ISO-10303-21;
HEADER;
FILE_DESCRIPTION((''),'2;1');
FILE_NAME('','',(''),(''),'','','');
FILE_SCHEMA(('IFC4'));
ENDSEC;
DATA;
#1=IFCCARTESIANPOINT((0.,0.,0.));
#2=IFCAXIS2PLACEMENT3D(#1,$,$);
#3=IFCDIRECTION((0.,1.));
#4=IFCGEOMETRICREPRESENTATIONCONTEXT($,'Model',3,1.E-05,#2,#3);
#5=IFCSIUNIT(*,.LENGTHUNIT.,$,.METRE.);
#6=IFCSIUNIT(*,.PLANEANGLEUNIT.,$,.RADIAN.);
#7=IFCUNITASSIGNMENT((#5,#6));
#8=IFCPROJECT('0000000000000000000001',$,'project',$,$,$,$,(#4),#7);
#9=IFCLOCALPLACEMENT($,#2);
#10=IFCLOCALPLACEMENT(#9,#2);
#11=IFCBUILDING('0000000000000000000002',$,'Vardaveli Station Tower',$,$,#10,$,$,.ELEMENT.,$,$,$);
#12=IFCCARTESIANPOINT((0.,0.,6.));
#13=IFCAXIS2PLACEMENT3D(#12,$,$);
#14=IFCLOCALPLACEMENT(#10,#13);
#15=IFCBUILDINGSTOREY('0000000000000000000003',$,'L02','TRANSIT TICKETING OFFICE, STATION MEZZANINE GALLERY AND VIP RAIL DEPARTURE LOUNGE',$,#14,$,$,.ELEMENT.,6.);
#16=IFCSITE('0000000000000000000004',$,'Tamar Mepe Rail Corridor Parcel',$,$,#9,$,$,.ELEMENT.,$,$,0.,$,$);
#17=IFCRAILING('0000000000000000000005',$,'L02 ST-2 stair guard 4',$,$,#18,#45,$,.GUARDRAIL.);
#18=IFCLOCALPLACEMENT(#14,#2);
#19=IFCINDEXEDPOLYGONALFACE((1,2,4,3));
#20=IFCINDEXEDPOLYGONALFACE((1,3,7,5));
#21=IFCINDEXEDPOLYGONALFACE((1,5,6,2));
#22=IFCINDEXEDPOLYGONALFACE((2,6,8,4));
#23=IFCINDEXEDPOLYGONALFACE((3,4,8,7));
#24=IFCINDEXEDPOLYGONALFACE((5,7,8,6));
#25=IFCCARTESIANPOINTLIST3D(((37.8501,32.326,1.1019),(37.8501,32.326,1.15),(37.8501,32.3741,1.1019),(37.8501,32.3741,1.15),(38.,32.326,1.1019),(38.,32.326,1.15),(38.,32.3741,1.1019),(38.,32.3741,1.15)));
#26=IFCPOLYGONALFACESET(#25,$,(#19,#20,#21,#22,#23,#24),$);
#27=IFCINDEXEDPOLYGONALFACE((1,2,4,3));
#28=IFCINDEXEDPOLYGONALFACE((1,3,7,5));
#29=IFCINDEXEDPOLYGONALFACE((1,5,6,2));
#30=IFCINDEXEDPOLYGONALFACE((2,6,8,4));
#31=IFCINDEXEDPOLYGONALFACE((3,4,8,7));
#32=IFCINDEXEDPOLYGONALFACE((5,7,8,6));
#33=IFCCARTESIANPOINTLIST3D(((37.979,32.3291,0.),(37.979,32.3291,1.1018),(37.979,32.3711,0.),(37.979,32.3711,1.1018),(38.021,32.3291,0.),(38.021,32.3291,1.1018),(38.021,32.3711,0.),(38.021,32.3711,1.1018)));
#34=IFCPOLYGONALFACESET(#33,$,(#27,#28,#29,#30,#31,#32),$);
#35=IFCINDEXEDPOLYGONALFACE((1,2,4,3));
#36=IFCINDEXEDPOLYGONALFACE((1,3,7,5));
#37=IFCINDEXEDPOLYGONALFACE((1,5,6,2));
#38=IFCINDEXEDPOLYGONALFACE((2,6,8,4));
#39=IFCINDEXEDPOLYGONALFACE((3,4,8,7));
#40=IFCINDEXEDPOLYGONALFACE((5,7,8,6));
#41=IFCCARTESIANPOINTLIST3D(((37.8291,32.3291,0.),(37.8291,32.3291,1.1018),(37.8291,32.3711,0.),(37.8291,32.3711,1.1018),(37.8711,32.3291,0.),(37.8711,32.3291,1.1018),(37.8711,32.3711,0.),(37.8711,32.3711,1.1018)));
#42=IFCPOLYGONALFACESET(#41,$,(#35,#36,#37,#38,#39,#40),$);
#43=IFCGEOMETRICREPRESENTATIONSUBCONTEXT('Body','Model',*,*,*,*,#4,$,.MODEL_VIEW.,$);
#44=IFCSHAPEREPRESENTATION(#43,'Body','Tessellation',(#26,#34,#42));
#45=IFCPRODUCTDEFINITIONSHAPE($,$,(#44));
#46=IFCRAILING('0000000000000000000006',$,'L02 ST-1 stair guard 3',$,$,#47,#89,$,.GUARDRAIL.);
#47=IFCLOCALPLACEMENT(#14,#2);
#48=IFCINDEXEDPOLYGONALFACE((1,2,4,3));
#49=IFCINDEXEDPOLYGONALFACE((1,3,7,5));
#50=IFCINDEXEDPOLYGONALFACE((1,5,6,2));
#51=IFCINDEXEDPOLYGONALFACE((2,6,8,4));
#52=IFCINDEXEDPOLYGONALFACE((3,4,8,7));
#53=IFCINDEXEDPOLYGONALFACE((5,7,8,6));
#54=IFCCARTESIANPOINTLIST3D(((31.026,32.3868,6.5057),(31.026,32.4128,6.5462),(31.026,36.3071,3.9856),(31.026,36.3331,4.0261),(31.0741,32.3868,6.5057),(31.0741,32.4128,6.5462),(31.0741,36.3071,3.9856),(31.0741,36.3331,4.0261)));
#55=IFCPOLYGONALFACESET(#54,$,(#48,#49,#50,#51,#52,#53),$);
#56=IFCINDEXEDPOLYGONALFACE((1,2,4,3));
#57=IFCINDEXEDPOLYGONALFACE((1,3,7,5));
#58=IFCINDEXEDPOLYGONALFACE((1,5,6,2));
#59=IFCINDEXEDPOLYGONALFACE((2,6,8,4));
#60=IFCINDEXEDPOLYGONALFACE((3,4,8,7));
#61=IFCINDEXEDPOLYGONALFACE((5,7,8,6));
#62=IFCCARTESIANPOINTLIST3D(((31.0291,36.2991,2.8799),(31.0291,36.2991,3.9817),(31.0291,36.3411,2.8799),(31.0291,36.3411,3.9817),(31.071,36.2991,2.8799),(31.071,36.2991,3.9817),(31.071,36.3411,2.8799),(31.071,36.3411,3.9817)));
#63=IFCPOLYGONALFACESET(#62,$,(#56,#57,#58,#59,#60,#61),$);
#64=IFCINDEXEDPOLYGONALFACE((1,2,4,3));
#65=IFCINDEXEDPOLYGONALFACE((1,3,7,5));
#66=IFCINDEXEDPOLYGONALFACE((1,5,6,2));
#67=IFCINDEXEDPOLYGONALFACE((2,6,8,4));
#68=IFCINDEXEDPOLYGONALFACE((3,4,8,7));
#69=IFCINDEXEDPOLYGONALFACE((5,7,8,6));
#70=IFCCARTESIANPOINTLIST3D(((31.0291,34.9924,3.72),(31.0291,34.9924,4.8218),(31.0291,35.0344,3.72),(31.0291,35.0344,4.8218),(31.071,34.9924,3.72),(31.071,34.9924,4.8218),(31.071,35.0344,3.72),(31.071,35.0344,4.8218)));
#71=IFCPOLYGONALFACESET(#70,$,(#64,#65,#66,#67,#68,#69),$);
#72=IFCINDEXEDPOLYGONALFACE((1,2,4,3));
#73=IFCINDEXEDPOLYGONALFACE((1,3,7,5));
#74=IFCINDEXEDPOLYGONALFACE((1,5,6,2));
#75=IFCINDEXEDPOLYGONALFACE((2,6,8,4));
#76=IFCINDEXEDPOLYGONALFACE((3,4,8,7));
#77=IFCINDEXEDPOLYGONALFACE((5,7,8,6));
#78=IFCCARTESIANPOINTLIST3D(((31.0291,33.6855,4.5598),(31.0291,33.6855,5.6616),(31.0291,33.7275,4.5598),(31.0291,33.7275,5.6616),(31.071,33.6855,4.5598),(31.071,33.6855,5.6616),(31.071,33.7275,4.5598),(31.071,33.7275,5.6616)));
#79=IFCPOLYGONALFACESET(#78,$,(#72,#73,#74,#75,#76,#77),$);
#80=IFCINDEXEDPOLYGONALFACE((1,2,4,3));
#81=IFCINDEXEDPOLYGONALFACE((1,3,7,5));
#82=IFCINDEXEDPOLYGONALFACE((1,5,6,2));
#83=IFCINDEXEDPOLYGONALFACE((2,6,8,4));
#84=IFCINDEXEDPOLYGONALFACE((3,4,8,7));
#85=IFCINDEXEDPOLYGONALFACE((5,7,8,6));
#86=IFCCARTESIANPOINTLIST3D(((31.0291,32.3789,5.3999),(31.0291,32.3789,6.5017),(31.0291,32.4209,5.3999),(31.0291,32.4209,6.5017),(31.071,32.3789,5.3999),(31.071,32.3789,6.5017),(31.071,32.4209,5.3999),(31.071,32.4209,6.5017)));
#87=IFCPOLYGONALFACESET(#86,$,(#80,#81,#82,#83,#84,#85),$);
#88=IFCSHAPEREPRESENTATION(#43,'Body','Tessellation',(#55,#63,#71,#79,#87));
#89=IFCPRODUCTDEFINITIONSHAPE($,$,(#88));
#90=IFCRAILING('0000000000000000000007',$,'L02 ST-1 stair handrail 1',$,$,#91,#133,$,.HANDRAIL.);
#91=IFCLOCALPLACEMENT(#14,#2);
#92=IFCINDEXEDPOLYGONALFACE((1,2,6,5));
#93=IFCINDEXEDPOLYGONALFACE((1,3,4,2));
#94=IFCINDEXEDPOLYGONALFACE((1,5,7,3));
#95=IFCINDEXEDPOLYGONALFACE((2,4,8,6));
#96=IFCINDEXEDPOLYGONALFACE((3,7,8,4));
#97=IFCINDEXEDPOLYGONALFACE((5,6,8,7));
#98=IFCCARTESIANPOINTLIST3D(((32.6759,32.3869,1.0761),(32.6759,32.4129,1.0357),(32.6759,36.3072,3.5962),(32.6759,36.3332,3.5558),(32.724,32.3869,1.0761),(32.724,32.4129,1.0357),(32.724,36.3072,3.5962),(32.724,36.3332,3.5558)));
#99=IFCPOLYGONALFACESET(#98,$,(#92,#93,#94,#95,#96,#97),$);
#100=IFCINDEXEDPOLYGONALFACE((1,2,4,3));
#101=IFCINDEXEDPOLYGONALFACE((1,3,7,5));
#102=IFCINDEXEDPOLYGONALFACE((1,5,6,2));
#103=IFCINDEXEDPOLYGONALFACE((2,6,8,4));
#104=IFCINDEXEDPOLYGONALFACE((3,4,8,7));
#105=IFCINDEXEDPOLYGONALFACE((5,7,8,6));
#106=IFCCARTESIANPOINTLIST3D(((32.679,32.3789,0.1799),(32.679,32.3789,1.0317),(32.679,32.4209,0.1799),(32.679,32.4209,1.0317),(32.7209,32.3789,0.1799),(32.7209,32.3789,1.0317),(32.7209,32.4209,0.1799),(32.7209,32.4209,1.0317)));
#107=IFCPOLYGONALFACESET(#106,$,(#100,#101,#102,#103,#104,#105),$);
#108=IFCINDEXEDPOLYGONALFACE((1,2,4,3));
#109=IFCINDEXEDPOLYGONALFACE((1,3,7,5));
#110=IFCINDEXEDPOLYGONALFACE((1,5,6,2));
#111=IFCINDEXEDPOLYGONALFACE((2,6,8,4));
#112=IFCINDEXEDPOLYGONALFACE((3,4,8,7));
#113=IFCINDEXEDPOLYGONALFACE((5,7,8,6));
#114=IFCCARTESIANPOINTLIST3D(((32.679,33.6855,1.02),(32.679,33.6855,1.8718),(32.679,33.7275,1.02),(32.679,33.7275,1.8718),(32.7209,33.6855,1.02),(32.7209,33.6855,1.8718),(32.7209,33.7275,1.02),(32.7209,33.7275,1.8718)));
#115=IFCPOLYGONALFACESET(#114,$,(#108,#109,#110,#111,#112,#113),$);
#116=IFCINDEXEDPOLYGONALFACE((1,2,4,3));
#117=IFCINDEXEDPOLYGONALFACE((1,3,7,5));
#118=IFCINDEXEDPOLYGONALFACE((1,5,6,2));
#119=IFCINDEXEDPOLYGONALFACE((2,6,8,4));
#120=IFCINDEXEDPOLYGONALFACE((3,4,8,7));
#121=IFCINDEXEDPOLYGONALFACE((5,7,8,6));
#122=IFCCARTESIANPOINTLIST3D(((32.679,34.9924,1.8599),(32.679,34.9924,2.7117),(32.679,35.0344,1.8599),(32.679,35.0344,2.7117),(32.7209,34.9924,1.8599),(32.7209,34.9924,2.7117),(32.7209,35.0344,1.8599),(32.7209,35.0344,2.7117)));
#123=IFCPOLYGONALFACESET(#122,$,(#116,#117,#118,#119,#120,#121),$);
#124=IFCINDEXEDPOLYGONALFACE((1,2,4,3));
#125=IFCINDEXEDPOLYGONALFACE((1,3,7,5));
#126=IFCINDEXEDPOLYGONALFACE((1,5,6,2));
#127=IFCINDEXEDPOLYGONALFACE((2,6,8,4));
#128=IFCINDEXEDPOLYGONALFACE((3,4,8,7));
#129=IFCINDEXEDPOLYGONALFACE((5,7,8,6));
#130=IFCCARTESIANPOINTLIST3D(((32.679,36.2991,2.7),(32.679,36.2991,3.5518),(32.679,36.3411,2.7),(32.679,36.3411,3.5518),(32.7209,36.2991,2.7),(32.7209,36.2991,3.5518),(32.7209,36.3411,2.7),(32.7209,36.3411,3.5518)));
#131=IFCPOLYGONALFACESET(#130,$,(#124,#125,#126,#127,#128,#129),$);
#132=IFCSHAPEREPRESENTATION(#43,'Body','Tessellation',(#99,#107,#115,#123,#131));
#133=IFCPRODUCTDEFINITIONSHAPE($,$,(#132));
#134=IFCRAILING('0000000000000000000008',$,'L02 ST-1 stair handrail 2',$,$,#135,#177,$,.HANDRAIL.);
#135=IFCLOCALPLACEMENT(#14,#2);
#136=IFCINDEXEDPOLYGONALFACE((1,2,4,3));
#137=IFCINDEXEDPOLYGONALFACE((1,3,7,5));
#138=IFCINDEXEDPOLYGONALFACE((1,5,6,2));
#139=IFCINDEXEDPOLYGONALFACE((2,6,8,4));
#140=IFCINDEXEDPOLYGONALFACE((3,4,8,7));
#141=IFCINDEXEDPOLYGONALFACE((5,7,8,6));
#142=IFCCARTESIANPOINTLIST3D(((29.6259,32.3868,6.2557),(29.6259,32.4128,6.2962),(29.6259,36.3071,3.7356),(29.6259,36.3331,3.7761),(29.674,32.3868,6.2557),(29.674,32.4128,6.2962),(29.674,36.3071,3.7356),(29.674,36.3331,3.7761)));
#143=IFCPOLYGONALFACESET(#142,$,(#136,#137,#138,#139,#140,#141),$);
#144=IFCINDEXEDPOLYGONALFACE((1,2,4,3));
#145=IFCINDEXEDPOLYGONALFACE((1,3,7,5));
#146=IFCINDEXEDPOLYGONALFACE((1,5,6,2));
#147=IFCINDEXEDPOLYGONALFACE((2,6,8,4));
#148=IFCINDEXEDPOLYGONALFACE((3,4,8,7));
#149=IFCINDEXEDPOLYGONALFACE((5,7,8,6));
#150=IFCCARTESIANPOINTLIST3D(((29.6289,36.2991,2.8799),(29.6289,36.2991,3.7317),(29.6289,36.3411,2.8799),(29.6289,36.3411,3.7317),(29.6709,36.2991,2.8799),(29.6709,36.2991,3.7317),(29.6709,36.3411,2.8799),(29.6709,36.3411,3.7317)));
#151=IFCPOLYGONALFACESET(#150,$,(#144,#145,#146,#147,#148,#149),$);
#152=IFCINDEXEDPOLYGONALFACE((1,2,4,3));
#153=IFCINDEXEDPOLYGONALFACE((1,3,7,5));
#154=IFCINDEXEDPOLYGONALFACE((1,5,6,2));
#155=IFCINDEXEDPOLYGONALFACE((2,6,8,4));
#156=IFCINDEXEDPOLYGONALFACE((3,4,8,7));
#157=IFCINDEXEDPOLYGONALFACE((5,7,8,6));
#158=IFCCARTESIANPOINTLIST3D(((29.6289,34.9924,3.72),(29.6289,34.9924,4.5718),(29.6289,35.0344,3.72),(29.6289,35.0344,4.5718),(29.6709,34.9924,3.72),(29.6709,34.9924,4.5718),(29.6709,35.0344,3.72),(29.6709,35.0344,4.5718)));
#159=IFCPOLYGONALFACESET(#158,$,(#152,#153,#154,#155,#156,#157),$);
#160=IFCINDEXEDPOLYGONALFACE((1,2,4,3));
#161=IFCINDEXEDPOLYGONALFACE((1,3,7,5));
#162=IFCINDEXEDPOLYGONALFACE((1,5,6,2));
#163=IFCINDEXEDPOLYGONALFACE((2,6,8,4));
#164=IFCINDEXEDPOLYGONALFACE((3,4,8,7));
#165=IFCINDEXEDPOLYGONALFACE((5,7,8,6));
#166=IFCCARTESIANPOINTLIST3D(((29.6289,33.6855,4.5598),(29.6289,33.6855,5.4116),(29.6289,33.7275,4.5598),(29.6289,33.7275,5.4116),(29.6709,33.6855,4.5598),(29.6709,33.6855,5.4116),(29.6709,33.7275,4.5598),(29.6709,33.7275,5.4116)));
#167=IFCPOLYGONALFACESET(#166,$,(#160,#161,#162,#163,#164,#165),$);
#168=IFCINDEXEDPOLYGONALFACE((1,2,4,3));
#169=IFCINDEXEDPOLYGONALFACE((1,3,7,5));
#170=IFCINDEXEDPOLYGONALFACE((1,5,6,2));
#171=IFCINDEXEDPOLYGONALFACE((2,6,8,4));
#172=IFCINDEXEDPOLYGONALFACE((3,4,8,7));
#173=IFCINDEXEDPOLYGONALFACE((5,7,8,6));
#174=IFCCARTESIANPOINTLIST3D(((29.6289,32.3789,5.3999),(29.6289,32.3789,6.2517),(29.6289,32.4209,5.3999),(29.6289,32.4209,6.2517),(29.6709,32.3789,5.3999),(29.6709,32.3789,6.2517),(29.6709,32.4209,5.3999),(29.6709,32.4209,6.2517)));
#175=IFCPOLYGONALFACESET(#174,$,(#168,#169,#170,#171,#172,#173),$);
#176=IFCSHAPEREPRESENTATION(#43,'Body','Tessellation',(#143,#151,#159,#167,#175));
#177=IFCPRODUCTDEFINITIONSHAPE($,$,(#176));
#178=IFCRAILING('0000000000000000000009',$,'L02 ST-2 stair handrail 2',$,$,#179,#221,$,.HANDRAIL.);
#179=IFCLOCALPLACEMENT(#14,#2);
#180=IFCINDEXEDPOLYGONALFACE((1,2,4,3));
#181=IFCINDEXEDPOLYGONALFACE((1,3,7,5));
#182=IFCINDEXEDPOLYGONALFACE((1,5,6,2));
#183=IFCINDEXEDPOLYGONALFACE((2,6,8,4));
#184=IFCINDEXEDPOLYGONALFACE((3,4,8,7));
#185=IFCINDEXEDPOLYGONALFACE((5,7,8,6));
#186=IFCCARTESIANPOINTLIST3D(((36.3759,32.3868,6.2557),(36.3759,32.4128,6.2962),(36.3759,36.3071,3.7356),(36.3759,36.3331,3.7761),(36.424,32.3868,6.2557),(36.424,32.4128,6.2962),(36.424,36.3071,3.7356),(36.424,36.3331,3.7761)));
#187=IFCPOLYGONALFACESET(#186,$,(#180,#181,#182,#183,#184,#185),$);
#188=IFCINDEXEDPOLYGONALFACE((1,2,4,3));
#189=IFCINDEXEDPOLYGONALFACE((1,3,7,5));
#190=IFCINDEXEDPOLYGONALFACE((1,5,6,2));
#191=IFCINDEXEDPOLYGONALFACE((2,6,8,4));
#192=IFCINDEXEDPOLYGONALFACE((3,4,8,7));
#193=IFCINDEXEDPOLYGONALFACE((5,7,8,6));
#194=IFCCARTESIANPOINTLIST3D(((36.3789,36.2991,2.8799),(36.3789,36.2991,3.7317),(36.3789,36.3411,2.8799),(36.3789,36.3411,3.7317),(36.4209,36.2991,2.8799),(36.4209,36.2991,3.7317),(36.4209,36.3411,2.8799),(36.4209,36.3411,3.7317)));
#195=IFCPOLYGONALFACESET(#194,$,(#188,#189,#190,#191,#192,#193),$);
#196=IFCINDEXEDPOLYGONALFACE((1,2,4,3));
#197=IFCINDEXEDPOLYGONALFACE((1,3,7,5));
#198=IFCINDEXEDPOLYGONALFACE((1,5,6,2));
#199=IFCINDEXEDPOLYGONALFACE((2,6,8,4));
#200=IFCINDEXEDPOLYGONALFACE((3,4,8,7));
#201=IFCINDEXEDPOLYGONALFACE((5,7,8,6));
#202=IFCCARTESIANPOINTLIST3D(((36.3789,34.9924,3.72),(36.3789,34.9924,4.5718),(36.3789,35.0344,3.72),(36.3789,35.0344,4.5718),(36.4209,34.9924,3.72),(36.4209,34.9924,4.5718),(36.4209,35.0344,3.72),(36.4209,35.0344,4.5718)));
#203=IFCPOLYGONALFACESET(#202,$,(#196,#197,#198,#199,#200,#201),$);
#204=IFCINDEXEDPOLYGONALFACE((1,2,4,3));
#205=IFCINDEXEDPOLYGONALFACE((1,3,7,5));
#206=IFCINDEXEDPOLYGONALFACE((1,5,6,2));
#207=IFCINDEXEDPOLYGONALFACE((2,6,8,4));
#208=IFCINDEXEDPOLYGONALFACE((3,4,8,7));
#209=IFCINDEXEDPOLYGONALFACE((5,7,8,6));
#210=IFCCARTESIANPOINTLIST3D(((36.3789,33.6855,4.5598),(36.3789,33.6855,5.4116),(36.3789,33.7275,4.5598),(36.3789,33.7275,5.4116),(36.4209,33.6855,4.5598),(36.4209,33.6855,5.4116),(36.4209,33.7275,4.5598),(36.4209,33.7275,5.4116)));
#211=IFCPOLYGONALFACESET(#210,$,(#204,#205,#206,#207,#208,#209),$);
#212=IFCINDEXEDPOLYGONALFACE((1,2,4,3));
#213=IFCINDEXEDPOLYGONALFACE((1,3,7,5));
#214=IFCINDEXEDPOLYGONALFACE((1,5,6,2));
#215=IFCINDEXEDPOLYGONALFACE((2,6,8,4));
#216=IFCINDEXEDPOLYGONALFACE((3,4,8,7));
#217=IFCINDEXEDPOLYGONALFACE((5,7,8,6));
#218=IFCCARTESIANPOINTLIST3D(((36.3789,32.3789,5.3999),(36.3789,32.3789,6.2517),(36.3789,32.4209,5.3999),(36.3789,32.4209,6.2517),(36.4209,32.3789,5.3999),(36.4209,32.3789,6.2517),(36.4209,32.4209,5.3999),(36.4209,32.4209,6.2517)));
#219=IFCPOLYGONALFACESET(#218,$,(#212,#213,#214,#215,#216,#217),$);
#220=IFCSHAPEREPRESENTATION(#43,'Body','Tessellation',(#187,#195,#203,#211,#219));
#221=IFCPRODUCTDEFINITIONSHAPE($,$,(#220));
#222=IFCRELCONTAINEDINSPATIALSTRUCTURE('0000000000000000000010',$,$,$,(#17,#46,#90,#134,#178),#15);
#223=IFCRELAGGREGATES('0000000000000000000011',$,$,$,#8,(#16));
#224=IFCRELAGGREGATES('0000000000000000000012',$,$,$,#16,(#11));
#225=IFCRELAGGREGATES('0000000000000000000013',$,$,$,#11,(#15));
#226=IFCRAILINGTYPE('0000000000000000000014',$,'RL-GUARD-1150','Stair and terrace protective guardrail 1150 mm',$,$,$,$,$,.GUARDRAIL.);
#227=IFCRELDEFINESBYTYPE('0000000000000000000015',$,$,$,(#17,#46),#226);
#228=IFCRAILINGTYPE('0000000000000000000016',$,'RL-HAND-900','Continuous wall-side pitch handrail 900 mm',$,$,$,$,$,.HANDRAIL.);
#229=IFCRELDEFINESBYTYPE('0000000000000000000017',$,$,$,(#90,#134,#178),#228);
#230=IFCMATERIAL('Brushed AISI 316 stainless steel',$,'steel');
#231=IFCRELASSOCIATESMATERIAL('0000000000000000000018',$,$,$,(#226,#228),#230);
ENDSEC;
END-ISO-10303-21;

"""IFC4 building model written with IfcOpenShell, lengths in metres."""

from ifc_helpers import new_model, si_unit, direction, frame, origin, origin_2d, place, context, subcontext, project, spatial, rectangle, extrude, source, transform, mapped, material, type_object, element, save


model = new_model("IFC4")

# Units and contexts
model_context = context("Model", 3, precision=1e-05, world=origin(), true_north=direction((0.0, 1.0)))
body_context = subcontext(model_context, "Body", "Model", "MODEL_VIEW")
ifc_project = project(units=[si_unit("LENGTHUNIT", "METRE"), si_unit("PLANEANGLEUNIT", "RADIAN")], contexts=[model_context])

# Site, building, storey
site_placement = place(None, origin())
site = spatial("IfcSite", under=ifc_project, at=site_placement, Name="Tamar Mepe Rail Corridor Parcel", CompositionType="ELEMENT", RefElevation=0.0)
building_placement = place(site_placement, origin())
building = spatial("IfcBuilding", under=site, at=building_placement, Name="Vardaveli Station Tower", CompositionType="ELEMENT")
storey_placement = place(building_placement, frame((0.0, 0.0, 6.0)))
storey = spatial("IfcBuildingStorey", under=building, at=storey_placement, Name="L02", Description="TRANSIT TICKETING OFFICE, STATION MEZZANINE GALLERY AND VIP RAIL DEPARTURE LOUNGE", CompositionType="ELEMENT", Elevation=6.0)

# Railings
ifc_material_1 = material(Name="Brushed AISI 316 stainless steel", Category="steel")
railing_type_1 = type_object("IfcRailingType", Name="RL-GUARD-1150", Description="Stair and terrace protective guardrail 1150 mm", PredefinedType="GUARDRAIL", material=ifc_material_1)
shared_shape_1 = source(origin(), body_context, "Body", "SweptSolid", [
    extrude(rectangle(XDim=0.0481, YDim=0.0481, at=origin_2d()), frame((0.0, 0.0, 1.126), z_axis=(-1.0, 0.0, 0.0), x_axis=(0.0, -1.0, 0.0)), (0.0, 0.0, 1.0), 0.1499),
    extrude(rectangle(XDim=0.042, YDim=0.042, at=origin_2d()), origin(), (0.0, 0.0, 1.0), 1.1018),
    extrude(rectangle(XDim=0.042, YDim=0.042, at=origin_2d()), frame((-0.1499, 0.0, 0.0)), (0.0, 0.0, 1.0), 1.1018),
])
for number, where, name in (
    (1, (38.0, 32.3501, 0.0), "L02 ST-2 stair guard 4"),
):
    element("IfcRailing", number, at=place(storey_placement, frame(where)), inside=storey, type_object=railing_type_1, Name=name, PredefinedType="GUARDRAIL", context=body_context, shape_type="MappedRepresentation", body=[
        mapped(shared_shape_1, transform((0.0, 0.0, 0.0), scale=1.0)),
    ])
shared_shape_2 = source(origin(), body_context, "Body", "SweptSolid", [
    extrude(rectangle(XDim=0.0481, YDim=0.0481, at=origin_2d()), frame((0.0, 0.0, 1.126), z_axis=(0.0, -0.841187, 0.540744), x_axis=(1.0, 0.0, 0.0)), (0.0, 0.0, 1.0), 4.6604),
    extrude(rectangle(XDim=0.042, YDim=0.042, at=origin_2d()), origin(), (0.0, 0.0, 1.0), 1.1018),
    extrude(rectangle(XDim=0.042, YDim=0.042, at=origin_2d()), frame((0.0, -1.3066, 0.8401)), (0.0, 0.0, 1.0), 1.1018),
    extrude(rectangle(XDim=0.042, YDim=0.042, at=origin_2d()), frame((0.0, -2.6135, 1.6799)), (0.0, 0.0, 1.0), 1.1018),
    extrude(rectangle(XDim=0.042, YDim=0.042, at=origin_2d()), frame((0.0, -3.9202, 2.52)), (0.0, 0.0, 1.0), 1.1018),
])
railing_1_placement = place(storey_placement, frame((31.05, 36.3201, 2.8799)))
element("IfcRailing", 2, at=railing_1_placement, inside=storey, type_object=railing_type_1, Name="L02 ST-1 stair guard 3", PredefinedType="GUARDRAIL", context=body_context, shape_type="MappedRepresentation", body=[
    mapped(shared_shape_2, transform((0.0, 0.0, 0.0), scale=1.0)),
])
railing_type_2 = type_object("IfcRailingType", Name="RL-HAND-900", Description="Continuous wall-side pitch handrail 900 mm", PredefinedType="HANDRAIL", material=ifc_material_1)
shared_shape_3 = source(origin(), body_context, "Body", "SweptSolid", [
    extrude(rectangle(XDim=0.0481, YDim=0.0481, at=origin_2d()), frame((0.0, 0.0, 0.876), z_axis=(0.0, 0.841187, 0.540744), x_axis=(-1.0, 0.0, 0.0)), (0.0, 0.0, 1.0), 4.6604),
    extrude(rectangle(XDim=0.042, YDim=0.042, at=origin_2d()), origin(), (0.0, 0.0, 1.0), 0.8518),
    extrude(rectangle(XDim=0.042, YDim=0.042, at=origin_2d()), frame((0.0, 1.3066, 0.8401)), (0.0, 0.0, 1.0), 0.8518),
    extrude(rectangle(XDim=0.042, YDim=0.042, at=origin_2d()), frame((0.0, 2.6135, 1.6799)), (0.0, 0.0, 1.0), 0.8518),
    extrude(rectangle(XDim=0.042, YDim=0.042, at=origin_2d()), frame((0.0, 3.9202, 2.52)), (0.0, 0.0, 1.0), 0.8518),
])
railing_2_placement = place(storey_placement, frame((32.7, 32.3999, 0.1799)))
element("IfcRailing", 3, at=railing_2_placement, inside=storey, type_object=railing_type_2, Name="L02 ST-1 stair handrail 1", PredefinedType="HANDRAIL", context=body_context, shape_type="MappedRepresentation", body=[
    mapped(shared_shape_3, transform((0.0, 0.0, 0.0), scale=1.0)),
])
shared_shape_4 = source(origin(), body_context, "Body", "SweptSolid", [
    extrude(rectangle(XDim=0.0481, YDim=0.0481, at=origin_2d()), frame((0.0, 0.0, 0.876), z_axis=(0.0, -0.841187, 0.540744), x_axis=(1.0, 0.0, 0.0)), (0.0, 0.0, 1.0), 4.6604),
    extrude(rectangle(XDim=0.042, YDim=0.042, at=origin_2d()), origin(), (0.0, 0.0, 1.0), 0.8518),
    extrude(rectangle(XDim=0.042, YDim=0.042, at=origin_2d()), frame((0.0, -1.3066, 0.8401)), (0.0, 0.0, 1.0), 0.8518),
    extrude(rectangle(XDim=0.042, YDim=0.042, at=origin_2d()), frame((0.0, -2.6135, 1.6799)), (0.0, 0.0, 1.0), 0.8518),
    extrude(rectangle(XDim=0.042, YDim=0.042, at=origin_2d()), frame((0.0, -3.9202, 2.52)), (0.0, 0.0, 1.0), 0.8518),
])
for number, where, name in (
    (4, (29.6499, 36.3201, 2.8799), "L02 ST-1 stair handrail 2"),
    (5, (36.3999, 36.3201, 2.8799), "L02 ST-2 stair handrail 2"),
):
    element("IfcRailing", number, at=place(storey_placement, frame(where)), inside=storey, type_object=railing_type_2, Name=name, PredefinedType="HANDRAIL", context=body_context, shape_type="MappedRepresentation", body=[
        mapped(shared_shape_4, transform((0.0, 0.0, 0.0), scale=1.0)),
    ])

save(model, "model.ifc")
